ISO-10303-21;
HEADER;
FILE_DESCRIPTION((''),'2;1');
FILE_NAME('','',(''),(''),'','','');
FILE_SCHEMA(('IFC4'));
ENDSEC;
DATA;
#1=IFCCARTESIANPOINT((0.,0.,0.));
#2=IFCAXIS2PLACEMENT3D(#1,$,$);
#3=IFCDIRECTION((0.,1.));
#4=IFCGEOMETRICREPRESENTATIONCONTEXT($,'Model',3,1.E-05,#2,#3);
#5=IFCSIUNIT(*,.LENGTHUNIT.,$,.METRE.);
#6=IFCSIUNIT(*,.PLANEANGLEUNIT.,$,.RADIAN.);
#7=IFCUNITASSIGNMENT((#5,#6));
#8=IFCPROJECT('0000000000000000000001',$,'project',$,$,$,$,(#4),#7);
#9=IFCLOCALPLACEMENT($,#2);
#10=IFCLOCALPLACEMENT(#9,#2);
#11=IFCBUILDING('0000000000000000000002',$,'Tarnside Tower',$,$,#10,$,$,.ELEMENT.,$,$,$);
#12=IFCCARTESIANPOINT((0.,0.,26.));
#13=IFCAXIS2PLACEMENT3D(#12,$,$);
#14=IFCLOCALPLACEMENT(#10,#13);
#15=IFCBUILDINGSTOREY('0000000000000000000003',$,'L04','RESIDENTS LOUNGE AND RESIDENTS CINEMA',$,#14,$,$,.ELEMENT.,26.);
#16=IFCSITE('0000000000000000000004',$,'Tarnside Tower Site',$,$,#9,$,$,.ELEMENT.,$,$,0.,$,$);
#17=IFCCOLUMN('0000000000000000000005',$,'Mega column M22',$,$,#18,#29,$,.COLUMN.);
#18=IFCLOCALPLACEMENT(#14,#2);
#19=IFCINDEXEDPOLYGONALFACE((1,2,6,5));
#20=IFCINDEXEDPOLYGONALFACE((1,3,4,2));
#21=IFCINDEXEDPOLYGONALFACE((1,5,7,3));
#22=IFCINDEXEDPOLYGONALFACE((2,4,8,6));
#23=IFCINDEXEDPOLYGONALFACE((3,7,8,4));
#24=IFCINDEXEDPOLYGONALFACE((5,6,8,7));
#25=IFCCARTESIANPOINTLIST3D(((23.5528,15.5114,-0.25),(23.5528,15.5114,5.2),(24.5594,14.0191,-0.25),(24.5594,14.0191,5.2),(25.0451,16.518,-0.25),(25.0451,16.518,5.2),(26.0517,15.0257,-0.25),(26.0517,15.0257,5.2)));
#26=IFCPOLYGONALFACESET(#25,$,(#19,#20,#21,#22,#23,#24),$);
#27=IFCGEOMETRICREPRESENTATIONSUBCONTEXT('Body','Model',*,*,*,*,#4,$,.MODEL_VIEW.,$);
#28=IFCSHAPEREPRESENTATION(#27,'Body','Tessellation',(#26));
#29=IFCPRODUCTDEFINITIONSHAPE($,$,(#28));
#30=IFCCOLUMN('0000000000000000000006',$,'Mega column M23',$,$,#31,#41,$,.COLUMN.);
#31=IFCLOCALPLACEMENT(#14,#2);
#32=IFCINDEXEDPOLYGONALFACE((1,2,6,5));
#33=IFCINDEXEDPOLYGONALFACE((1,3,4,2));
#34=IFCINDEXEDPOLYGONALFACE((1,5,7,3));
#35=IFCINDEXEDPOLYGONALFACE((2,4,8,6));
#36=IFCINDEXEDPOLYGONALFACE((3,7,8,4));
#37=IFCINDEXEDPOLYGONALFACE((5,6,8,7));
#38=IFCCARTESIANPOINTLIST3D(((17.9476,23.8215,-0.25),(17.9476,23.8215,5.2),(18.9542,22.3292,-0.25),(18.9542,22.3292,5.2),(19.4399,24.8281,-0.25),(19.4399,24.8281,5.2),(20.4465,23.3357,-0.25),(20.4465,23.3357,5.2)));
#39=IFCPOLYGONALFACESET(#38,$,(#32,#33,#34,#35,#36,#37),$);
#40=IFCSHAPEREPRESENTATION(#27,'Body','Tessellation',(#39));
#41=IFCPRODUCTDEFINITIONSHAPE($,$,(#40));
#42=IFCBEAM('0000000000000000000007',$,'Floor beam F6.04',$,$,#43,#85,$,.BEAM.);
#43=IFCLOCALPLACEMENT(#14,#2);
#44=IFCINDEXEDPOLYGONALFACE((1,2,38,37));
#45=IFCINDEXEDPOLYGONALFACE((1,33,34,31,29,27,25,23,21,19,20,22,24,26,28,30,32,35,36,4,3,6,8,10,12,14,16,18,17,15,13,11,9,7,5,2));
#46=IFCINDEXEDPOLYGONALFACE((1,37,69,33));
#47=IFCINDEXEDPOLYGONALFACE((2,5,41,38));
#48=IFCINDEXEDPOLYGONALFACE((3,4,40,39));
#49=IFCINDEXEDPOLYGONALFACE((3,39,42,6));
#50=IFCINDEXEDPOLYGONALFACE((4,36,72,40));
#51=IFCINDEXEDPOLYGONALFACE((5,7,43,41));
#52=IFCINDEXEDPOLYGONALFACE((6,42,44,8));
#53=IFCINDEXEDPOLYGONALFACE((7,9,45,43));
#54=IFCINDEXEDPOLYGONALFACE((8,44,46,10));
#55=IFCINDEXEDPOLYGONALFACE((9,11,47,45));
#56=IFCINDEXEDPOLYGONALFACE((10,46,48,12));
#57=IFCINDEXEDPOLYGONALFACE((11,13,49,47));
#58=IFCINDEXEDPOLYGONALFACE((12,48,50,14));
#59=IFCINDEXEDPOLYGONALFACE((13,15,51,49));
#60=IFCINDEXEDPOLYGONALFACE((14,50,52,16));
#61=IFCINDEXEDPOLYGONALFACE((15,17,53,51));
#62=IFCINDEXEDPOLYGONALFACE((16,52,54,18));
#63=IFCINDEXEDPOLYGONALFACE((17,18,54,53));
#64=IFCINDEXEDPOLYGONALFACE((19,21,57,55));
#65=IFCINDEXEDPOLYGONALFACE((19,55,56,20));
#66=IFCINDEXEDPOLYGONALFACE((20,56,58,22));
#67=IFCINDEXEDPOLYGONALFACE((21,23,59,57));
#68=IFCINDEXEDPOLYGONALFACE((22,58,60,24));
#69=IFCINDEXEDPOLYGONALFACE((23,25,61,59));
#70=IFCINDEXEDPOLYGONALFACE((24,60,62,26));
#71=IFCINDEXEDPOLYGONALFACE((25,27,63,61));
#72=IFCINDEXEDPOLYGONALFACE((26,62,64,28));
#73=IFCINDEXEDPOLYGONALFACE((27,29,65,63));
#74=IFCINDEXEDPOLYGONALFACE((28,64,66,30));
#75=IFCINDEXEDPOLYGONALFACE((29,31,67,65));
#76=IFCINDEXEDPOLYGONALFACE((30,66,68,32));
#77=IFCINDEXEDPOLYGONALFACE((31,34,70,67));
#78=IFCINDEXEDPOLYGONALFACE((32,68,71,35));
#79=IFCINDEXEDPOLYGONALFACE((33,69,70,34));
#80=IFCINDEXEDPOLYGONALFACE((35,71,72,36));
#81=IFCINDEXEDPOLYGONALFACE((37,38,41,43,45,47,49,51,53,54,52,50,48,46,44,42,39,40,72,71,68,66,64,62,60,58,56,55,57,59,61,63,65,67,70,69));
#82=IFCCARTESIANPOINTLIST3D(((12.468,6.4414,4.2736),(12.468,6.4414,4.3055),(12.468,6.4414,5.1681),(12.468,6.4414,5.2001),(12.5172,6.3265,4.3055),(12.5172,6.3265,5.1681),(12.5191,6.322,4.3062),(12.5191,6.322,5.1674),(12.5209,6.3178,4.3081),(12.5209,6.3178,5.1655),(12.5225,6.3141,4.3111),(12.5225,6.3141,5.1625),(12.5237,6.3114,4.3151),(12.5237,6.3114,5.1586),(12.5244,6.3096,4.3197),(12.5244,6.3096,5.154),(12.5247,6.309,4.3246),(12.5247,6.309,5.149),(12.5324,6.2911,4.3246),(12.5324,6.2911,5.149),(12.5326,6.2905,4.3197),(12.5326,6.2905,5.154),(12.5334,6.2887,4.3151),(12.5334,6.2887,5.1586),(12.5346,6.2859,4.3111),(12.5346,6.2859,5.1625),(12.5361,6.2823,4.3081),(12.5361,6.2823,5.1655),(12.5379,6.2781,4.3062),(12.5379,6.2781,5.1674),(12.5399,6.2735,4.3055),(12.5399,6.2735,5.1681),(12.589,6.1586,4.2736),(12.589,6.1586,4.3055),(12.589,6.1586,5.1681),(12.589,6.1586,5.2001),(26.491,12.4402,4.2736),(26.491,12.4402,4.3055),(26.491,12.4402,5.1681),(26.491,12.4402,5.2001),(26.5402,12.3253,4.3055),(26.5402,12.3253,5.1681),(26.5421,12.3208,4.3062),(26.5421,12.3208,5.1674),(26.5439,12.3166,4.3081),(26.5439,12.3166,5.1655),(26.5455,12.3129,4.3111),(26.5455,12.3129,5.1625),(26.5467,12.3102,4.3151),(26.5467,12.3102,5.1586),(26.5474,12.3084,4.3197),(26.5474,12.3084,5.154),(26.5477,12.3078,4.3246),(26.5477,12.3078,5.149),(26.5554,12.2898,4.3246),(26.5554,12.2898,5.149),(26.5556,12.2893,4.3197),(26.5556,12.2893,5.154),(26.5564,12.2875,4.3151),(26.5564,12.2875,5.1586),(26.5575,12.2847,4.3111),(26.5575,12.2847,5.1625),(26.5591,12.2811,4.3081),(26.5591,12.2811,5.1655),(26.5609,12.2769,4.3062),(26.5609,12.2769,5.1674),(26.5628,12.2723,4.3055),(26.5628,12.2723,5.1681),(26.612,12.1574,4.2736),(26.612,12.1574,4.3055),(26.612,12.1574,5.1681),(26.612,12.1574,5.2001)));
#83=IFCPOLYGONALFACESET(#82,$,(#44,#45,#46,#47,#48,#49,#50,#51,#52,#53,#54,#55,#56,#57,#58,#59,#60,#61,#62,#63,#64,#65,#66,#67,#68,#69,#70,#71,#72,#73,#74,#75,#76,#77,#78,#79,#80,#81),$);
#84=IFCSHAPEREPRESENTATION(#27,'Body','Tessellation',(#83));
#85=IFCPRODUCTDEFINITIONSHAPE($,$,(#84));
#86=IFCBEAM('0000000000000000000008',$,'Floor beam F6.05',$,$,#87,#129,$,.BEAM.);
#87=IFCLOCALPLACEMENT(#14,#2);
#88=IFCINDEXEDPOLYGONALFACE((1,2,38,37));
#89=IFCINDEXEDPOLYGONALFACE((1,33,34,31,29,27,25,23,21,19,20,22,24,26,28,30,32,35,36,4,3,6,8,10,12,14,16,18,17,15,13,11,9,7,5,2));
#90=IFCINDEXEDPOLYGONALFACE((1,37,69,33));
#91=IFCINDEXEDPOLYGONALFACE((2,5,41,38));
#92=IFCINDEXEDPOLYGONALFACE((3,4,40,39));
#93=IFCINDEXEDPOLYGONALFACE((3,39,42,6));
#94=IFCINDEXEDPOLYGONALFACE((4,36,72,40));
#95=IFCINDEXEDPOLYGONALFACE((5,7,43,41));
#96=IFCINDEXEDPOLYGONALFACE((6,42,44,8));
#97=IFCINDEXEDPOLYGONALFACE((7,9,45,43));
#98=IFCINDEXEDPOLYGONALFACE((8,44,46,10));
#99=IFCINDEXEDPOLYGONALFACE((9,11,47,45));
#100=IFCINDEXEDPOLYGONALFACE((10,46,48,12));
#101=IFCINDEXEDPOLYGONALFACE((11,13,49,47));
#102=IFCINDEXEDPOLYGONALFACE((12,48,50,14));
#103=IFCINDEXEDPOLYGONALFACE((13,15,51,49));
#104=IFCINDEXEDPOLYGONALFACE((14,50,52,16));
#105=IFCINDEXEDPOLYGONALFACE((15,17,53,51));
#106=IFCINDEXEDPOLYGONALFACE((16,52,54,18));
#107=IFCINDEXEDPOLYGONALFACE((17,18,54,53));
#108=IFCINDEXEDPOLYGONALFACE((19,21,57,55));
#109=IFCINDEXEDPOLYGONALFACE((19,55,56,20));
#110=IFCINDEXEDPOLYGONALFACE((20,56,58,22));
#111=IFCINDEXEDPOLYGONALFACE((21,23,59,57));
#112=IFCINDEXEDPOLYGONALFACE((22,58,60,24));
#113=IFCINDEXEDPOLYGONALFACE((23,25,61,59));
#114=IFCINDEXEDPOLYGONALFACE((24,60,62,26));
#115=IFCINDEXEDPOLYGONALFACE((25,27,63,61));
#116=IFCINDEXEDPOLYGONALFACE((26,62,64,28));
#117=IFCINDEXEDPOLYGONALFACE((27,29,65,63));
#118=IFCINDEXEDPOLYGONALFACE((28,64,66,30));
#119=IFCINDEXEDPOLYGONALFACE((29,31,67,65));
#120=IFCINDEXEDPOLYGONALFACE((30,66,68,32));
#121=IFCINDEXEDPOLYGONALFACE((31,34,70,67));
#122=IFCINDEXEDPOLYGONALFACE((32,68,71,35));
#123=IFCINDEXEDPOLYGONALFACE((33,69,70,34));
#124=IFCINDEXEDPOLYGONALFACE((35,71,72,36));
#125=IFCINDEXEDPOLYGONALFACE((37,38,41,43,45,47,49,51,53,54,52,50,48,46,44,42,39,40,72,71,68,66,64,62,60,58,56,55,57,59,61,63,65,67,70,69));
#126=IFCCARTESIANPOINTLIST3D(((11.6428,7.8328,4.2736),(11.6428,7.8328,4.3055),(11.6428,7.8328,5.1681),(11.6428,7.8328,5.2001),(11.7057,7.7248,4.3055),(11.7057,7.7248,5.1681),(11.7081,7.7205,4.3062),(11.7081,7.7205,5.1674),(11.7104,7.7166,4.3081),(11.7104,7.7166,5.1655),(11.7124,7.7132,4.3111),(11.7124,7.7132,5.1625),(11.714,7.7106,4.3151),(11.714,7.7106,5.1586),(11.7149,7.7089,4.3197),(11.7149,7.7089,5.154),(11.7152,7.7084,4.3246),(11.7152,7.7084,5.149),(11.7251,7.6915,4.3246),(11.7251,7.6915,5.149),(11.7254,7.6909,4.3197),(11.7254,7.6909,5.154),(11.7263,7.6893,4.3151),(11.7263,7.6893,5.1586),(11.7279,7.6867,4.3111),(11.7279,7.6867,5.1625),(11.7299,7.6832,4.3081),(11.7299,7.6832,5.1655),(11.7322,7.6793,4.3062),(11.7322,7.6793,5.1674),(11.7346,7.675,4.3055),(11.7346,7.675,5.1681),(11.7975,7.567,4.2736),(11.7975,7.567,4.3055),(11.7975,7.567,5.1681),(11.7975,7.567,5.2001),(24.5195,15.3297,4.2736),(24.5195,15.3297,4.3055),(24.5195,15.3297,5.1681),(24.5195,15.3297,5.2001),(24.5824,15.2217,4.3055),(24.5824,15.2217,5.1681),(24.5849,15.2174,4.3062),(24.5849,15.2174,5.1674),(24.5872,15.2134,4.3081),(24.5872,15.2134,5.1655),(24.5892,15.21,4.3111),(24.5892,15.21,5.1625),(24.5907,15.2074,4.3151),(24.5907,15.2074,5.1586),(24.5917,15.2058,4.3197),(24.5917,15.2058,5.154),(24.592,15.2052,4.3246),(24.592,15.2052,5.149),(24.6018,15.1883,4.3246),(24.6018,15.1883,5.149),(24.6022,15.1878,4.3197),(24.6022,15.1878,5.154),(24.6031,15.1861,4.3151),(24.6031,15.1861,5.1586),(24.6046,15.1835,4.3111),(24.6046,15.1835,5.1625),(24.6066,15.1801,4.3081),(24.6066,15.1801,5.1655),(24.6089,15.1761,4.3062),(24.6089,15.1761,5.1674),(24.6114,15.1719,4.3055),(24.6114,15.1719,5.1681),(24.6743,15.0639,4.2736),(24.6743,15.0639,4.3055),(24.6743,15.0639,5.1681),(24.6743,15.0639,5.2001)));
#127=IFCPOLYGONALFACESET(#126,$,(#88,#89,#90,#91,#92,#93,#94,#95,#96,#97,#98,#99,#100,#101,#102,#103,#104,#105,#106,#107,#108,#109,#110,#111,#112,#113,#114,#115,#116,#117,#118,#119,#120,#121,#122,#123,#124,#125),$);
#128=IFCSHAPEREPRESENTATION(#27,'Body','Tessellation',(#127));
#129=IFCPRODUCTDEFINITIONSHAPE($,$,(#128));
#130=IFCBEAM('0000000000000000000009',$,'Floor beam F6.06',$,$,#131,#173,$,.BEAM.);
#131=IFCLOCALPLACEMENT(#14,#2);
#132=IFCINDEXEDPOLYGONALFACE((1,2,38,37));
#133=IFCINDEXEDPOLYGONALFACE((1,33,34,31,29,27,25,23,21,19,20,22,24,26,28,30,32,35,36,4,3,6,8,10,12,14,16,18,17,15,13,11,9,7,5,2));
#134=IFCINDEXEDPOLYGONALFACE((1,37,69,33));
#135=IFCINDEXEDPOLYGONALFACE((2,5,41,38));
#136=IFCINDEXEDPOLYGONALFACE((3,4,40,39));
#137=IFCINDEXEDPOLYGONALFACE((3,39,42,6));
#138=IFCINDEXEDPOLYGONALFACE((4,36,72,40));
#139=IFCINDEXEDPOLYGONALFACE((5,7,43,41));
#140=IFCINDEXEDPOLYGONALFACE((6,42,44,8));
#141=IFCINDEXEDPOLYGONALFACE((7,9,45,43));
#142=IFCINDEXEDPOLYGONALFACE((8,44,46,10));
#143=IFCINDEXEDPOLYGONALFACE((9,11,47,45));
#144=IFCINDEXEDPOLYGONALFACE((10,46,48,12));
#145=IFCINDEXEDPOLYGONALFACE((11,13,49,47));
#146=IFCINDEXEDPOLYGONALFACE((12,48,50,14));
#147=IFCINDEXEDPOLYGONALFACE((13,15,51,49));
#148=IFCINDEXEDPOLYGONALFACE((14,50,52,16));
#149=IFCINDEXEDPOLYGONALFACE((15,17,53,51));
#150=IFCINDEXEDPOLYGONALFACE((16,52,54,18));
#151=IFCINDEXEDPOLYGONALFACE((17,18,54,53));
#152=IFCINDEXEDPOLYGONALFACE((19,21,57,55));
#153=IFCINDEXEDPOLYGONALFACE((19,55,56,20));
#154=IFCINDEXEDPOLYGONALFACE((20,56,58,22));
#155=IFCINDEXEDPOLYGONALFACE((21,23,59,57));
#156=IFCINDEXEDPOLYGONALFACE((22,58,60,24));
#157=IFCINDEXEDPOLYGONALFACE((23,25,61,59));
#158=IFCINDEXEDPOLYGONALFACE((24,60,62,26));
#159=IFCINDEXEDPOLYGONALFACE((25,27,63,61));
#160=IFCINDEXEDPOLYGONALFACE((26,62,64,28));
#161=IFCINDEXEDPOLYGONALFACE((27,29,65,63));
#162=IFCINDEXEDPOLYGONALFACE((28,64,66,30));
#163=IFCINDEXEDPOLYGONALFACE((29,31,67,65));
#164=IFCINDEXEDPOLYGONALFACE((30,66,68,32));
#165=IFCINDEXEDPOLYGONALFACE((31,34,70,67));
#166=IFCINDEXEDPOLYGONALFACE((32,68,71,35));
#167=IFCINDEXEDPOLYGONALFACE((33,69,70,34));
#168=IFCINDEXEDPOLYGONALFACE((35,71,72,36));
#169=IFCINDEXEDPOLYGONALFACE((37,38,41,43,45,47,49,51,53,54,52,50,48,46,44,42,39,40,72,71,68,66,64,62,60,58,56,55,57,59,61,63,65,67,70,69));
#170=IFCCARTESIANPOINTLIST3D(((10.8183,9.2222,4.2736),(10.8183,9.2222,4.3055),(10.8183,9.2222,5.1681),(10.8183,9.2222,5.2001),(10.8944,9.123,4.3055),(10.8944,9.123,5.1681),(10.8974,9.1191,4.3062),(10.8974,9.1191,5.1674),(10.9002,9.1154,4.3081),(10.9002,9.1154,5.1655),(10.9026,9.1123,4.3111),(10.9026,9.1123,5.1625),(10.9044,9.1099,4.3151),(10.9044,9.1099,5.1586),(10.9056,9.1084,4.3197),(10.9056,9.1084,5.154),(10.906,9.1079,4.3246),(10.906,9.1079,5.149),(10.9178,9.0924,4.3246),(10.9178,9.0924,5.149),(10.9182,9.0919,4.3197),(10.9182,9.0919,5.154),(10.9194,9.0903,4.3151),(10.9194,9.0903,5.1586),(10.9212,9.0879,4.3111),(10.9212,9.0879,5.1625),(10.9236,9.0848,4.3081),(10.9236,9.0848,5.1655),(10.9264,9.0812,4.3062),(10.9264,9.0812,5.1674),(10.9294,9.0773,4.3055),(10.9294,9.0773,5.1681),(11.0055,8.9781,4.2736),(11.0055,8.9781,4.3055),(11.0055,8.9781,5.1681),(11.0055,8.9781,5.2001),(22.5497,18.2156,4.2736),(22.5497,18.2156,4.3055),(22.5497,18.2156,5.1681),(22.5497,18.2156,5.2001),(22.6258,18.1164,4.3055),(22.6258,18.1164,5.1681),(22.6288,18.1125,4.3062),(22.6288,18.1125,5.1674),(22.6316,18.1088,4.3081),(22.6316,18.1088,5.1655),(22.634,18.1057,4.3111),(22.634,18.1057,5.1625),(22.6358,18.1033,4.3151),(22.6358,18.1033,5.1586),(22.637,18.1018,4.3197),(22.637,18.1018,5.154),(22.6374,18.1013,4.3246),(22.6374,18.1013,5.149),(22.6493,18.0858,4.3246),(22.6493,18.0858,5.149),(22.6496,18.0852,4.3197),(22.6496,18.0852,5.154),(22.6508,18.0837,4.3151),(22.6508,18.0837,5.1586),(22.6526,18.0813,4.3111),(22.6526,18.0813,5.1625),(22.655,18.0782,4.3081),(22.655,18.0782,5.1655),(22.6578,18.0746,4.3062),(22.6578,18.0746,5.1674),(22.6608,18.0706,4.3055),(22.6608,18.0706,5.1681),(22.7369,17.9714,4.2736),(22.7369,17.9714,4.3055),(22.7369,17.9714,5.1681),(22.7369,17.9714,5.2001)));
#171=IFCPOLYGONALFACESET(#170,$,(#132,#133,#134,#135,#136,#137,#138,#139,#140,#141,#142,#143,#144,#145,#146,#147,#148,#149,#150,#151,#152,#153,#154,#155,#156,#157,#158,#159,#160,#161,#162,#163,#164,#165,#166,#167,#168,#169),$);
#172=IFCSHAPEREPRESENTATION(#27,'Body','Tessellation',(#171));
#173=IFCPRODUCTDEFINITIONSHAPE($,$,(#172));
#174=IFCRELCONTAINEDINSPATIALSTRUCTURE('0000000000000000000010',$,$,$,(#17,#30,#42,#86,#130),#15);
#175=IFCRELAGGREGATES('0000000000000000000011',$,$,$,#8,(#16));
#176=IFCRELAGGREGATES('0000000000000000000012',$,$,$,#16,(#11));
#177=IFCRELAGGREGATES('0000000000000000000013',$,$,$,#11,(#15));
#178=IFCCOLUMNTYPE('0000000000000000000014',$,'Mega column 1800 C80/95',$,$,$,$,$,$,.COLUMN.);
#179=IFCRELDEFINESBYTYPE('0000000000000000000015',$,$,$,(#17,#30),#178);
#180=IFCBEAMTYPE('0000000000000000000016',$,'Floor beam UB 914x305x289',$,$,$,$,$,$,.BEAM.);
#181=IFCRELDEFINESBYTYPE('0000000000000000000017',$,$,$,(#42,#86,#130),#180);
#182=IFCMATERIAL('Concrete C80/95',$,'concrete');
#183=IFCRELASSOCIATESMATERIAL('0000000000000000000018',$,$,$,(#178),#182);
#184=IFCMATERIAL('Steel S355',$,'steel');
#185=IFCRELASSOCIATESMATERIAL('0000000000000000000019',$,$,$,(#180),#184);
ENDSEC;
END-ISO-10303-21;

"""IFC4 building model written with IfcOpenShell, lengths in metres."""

from ifc_helpers import new_model, si_unit, direction, frame, origin, origin_2d, place, context, subcontext, project, spatial, rectangle, i_section, extrude, material, material_profile, profile_set, type_object, element, save


model = new_model("IFC4")

# Units and contexts
model_context = context("Model", 3, precision=1e-05, world=origin(), true_north=direction((0.0, 1.0)))
body_context = subcontext(model_context, "Body", "Model", "MODEL_VIEW")
ifc_project = project(units=[si_unit("LENGTHUNIT", "METRE"), si_unit("PLANEANGLEUNIT", "RADIAN")], contexts=[model_context])

# Site, building, storey
site_placement = place(None, origin())
site = spatial("IfcSite", under=ifc_project, at=site_placement, Name="Tarnside Tower Site", CompositionType="ELEMENT", RefElevation=0.0)
building_placement = place(site_placement, origin())
building = spatial("IfcBuilding", under=site, at=building_placement, Name="Tarnside Tower", CompositionType="ELEMENT")
storey_placement = place(building_placement, frame((0.0, 0.0, 26.0)))
storey = spatial("IfcBuildingStorey", under=building, at=storey_placement, Name="L04", Description="RESIDENTS LOUNGE AND RESIDENTS CINEMA", CompositionType="ELEMENT", Elevation=26.0)

# Columns
ifc_material_1 = material(Name="Concrete C80/95", Category="concrete")
ifc_material_profile_1 = material_profile(ifc_material_1, rectangle(XDim=1.8, YDim=1.8, at=origin_2d()), Name="Mega column 1800x1800")
ifc_profile_set_1 = profile_set([ifc_material_profile_1], Name="Concrete C80/95")
column_type = type_object("IfcColumnType", Name="Mega column 1800 C80/95", PredefinedType="COLUMN", material=ifc_profile_set_1)
for number, where, z_axis, x_axis, name in (
    (1, (24.8022, 15.2686, -0.25), (0.0, 0.0, 1.0), (0.559193, -0.829038, 0.0), "Mega column M22"),
    (2, (19.197, 23.5786, -0.25), (0.0, 0.0, 1.0), (0.559193, -0.829038, 0.0), "Mega column M23"),
):
    element("IfcColumn", number, at=place(storey_placement, frame(where, z_axis=z_axis, x_axis=x_axis)), inside=storey, type_object=column_type, Name=name, PredefinedType="COLUMN", context=body_context, shape_type="SweptSolid", body=[
        extrude(rectangle(XDim=1.8, YDim=1.8, at=origin_2d()), origin(), (0.0, 0.0, 1.0), 5.45),
    ])

# Beams
ifc_material_2 = material(Name="Steel S355", Category="steel")
ifc_material_profile_2 = material_profile(ifc_material_2, i_section(OverallWidth=0.3076, OverallDepth=0.9265, WebThickness=0.0195, FlangeThickness=0.032, FilletRadius=0.019, at=origin_2d()), Name="UB 914x305x289")
ifc_profile_set_2 = profile_set([ifc_material_profile_2], Name="Steel S355")
beam_type_1 = type_object("IfcBeamType", Name="Floor beam UB 914x305x289", PredefinedType="BEAM", material=ifc_profile_set_2)
beam_1_placement = place(storey_placement, frame((26.5515, 12.2988, 4.7368), z_axis=(-0.919407, -0.393307, 0.0), x_axis=(0.393307, -0.919407, 0.0)))
element("IfcBeam", 3, at=beam_1_placement, inside=storey, type_object=beam_type_1, Name="Floor beam F6.04", PredefinedType="BEAM", context=body_context, shape_type="SweptSolid", body=[
    extrude(i_section(OverallWidth=0.3076, OverallDepth=0.9265, WebThickness=0.0195, FlangeThickness=0.032, FilletRadius=0.019, at=origin_2d()), origin(), (0.0, 0.0, 1.0), 15.2522),
])
beam_2_placement = place(storey_placement, frame((24.5969, 15.1968, 4.7368), z_axis=(-0.864205, -0.50314, 0.0), x_axis=(0.50314, -0.864205, 0.0)))
element("IfcBeam", 4, at=beam_2_placement, inside=storey, type_object=beam_type_1, Name="Floor beam F6.05", PredefinedType="BEAM", context=body_context, shape_type="SweptSolid", body=[
    extrude(i_section(OverallWidth=0.3076, OverallDepth=0.9265, WebThickness=0.0195, FlangeThickness=0.032, FilletRadius=0.019, at=origin_2d()), origin(), (0.0, 0.0, 1.0), 14.9001),
])
beam_3_placement = place(storey_placement, frame((22.6433, 18.0935, 4.7368), z_axis=(-0.793629, -0.608402, 0.0), x_axis=(0.608402, -0.793629, 0.0)))
element("IfcBeam", 5, at=beam_3_placement, inside=storey, type_object=beam_type_1, Name="Floor beam F6.06", PredefinedType="BEAM", context=body_context, shape_type="SweptSolid", body=[
    extrude(i_section(OverallWidth=0.3076, OverallDepth=0.9265, WebThickness=0.0195, FlangeThickness=0.032, FilletRadius=0.019, at=origin_2d()), origin(), (0.0, 0.0, 1.0), 14.782),
])

save(model, "model.ifc")
